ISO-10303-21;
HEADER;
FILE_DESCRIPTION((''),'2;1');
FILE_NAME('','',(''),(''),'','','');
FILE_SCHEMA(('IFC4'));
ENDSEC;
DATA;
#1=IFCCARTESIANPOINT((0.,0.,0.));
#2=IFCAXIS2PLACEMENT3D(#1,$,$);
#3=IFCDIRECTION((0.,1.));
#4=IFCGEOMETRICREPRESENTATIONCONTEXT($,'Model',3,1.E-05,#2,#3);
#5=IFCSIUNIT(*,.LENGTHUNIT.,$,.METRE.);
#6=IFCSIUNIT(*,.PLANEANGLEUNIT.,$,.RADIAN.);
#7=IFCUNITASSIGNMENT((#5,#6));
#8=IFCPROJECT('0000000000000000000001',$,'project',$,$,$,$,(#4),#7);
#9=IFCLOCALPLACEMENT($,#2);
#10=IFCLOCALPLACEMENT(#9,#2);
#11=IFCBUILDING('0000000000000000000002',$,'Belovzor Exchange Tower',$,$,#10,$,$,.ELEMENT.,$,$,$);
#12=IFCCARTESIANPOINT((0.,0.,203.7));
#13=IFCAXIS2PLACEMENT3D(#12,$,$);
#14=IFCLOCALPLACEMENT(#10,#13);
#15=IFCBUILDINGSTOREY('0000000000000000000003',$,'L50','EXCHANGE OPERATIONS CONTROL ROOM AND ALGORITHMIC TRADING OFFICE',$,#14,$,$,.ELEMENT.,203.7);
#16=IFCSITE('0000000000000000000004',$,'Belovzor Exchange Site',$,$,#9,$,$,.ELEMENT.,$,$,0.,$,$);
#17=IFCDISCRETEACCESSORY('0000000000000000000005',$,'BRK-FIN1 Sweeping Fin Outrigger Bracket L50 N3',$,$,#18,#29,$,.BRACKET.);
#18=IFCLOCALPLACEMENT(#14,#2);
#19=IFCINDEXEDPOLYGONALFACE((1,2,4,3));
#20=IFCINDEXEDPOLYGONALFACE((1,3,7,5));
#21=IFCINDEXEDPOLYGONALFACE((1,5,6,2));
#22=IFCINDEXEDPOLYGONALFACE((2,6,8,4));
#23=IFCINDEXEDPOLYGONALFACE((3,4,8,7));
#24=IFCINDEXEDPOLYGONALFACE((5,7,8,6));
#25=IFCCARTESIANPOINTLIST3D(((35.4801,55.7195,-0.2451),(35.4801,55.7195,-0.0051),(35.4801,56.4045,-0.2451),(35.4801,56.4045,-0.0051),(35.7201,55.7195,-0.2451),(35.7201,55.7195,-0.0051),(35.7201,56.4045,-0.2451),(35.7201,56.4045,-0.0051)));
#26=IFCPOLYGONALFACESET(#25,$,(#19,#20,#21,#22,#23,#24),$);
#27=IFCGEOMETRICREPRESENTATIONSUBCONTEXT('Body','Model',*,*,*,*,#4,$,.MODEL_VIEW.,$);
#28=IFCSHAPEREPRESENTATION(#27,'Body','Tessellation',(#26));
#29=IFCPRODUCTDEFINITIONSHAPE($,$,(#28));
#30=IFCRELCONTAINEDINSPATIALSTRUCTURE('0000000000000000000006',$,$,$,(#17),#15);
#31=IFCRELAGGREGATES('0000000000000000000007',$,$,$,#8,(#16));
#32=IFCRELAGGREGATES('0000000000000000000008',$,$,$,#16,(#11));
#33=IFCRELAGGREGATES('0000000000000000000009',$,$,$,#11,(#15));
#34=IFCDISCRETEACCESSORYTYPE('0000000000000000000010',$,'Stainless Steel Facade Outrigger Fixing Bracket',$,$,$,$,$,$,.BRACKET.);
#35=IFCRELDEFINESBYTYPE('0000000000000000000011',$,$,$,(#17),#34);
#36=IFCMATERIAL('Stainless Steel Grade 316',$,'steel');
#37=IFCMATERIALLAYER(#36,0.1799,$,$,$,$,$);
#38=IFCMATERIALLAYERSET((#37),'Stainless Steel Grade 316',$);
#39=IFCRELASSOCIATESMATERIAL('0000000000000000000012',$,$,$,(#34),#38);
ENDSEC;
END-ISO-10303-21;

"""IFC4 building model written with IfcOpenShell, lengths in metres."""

from ifc_helpers import new_model, si_unit, direction, frame, origin, origin_2d, place, context, subcontext, project, spatial, rectangle, extrude, material, layer, layer_set, type_object, element, save


model = new_model("IFC4")

# Units and contexts
model_context = context("Model", 3, precision=1e-05, world=origin(), true_north=direction((0.0, 1.0)))
body_context = subcontext(model_context, "Body", "Model", "MODEL_VIEW")
ifc_project = project(units=[si_unit("LENGTHUNIT", "METRE"), si_unit("PLANEANGLEUNIT", "RADIAN")], contexts=[model_context])

# Site, building, storey
site_placement = place(None, origin())
site = spatial("IfcSite", under=ifc_project, at=site_placement, Name="Belovzor Exchange Site", CompositionType="ELEMENT", RefElevation=0.0)
building_placement = place(site_placement, origin())
building = spatial("IfcBuilding", under=site, at=building_placement, Name="Belovzor Exchange Tower", CompositionType="ELEMENT")
storey_placement = place(building_placement, frame((0.0, 0.0, 203.7)))
storey = spatial("IfcBuildingStorey", under=building, at=storey_placement, Name="L50", Description="EXCHANGE OPERATIONS CONTROL ROOM AND ALGORITHMIC TRADING OFFICE", CompositionType="ELEMENT", Elevation=203.7)

# Discrete accessory
ifc_material_1 = material(Name="Stainless Steel Grade 316", Category="steel")
ifc_layer_1 = layer(ifc_material_1, 0.1799)
ifc_layer_set_1 = layer_set([ifc_layer_1], Name="Stainless Steel Grade 316")
discrete_accessory_type = type_object("IfcDiscreteAccessoryType", Name="Stainless Steel Facade Outrigger Fixing Bracket", PredefinedType="BRACKET", material=ifc_layer_set_1)
discrete_accessory_placement = place(storey_placement, frame((35.6001, 56.062, -0.2451), z_axis=(0.0, 0.0, 1.0), x_axis=(0.0, 1.0, 0.0)))
element("IfcDiscreteAccessory", 1, at=discrete_accessory_placement, inside=storey, type_object=discrete_accessory_type, Name="BRK-FIN1 Sweeping Fin Outrigger Bracket L50 N3", PredefinedType="BRACKET", context=body_context, shape_type="SweptSolid", body=[
    extrude(rectangle(XDim=0.6851, YDim=0.24, at=origin_2d()), origin(), (0.0, 0.0, 1.0), 0.24),
])

save(model, "model.ifc")
